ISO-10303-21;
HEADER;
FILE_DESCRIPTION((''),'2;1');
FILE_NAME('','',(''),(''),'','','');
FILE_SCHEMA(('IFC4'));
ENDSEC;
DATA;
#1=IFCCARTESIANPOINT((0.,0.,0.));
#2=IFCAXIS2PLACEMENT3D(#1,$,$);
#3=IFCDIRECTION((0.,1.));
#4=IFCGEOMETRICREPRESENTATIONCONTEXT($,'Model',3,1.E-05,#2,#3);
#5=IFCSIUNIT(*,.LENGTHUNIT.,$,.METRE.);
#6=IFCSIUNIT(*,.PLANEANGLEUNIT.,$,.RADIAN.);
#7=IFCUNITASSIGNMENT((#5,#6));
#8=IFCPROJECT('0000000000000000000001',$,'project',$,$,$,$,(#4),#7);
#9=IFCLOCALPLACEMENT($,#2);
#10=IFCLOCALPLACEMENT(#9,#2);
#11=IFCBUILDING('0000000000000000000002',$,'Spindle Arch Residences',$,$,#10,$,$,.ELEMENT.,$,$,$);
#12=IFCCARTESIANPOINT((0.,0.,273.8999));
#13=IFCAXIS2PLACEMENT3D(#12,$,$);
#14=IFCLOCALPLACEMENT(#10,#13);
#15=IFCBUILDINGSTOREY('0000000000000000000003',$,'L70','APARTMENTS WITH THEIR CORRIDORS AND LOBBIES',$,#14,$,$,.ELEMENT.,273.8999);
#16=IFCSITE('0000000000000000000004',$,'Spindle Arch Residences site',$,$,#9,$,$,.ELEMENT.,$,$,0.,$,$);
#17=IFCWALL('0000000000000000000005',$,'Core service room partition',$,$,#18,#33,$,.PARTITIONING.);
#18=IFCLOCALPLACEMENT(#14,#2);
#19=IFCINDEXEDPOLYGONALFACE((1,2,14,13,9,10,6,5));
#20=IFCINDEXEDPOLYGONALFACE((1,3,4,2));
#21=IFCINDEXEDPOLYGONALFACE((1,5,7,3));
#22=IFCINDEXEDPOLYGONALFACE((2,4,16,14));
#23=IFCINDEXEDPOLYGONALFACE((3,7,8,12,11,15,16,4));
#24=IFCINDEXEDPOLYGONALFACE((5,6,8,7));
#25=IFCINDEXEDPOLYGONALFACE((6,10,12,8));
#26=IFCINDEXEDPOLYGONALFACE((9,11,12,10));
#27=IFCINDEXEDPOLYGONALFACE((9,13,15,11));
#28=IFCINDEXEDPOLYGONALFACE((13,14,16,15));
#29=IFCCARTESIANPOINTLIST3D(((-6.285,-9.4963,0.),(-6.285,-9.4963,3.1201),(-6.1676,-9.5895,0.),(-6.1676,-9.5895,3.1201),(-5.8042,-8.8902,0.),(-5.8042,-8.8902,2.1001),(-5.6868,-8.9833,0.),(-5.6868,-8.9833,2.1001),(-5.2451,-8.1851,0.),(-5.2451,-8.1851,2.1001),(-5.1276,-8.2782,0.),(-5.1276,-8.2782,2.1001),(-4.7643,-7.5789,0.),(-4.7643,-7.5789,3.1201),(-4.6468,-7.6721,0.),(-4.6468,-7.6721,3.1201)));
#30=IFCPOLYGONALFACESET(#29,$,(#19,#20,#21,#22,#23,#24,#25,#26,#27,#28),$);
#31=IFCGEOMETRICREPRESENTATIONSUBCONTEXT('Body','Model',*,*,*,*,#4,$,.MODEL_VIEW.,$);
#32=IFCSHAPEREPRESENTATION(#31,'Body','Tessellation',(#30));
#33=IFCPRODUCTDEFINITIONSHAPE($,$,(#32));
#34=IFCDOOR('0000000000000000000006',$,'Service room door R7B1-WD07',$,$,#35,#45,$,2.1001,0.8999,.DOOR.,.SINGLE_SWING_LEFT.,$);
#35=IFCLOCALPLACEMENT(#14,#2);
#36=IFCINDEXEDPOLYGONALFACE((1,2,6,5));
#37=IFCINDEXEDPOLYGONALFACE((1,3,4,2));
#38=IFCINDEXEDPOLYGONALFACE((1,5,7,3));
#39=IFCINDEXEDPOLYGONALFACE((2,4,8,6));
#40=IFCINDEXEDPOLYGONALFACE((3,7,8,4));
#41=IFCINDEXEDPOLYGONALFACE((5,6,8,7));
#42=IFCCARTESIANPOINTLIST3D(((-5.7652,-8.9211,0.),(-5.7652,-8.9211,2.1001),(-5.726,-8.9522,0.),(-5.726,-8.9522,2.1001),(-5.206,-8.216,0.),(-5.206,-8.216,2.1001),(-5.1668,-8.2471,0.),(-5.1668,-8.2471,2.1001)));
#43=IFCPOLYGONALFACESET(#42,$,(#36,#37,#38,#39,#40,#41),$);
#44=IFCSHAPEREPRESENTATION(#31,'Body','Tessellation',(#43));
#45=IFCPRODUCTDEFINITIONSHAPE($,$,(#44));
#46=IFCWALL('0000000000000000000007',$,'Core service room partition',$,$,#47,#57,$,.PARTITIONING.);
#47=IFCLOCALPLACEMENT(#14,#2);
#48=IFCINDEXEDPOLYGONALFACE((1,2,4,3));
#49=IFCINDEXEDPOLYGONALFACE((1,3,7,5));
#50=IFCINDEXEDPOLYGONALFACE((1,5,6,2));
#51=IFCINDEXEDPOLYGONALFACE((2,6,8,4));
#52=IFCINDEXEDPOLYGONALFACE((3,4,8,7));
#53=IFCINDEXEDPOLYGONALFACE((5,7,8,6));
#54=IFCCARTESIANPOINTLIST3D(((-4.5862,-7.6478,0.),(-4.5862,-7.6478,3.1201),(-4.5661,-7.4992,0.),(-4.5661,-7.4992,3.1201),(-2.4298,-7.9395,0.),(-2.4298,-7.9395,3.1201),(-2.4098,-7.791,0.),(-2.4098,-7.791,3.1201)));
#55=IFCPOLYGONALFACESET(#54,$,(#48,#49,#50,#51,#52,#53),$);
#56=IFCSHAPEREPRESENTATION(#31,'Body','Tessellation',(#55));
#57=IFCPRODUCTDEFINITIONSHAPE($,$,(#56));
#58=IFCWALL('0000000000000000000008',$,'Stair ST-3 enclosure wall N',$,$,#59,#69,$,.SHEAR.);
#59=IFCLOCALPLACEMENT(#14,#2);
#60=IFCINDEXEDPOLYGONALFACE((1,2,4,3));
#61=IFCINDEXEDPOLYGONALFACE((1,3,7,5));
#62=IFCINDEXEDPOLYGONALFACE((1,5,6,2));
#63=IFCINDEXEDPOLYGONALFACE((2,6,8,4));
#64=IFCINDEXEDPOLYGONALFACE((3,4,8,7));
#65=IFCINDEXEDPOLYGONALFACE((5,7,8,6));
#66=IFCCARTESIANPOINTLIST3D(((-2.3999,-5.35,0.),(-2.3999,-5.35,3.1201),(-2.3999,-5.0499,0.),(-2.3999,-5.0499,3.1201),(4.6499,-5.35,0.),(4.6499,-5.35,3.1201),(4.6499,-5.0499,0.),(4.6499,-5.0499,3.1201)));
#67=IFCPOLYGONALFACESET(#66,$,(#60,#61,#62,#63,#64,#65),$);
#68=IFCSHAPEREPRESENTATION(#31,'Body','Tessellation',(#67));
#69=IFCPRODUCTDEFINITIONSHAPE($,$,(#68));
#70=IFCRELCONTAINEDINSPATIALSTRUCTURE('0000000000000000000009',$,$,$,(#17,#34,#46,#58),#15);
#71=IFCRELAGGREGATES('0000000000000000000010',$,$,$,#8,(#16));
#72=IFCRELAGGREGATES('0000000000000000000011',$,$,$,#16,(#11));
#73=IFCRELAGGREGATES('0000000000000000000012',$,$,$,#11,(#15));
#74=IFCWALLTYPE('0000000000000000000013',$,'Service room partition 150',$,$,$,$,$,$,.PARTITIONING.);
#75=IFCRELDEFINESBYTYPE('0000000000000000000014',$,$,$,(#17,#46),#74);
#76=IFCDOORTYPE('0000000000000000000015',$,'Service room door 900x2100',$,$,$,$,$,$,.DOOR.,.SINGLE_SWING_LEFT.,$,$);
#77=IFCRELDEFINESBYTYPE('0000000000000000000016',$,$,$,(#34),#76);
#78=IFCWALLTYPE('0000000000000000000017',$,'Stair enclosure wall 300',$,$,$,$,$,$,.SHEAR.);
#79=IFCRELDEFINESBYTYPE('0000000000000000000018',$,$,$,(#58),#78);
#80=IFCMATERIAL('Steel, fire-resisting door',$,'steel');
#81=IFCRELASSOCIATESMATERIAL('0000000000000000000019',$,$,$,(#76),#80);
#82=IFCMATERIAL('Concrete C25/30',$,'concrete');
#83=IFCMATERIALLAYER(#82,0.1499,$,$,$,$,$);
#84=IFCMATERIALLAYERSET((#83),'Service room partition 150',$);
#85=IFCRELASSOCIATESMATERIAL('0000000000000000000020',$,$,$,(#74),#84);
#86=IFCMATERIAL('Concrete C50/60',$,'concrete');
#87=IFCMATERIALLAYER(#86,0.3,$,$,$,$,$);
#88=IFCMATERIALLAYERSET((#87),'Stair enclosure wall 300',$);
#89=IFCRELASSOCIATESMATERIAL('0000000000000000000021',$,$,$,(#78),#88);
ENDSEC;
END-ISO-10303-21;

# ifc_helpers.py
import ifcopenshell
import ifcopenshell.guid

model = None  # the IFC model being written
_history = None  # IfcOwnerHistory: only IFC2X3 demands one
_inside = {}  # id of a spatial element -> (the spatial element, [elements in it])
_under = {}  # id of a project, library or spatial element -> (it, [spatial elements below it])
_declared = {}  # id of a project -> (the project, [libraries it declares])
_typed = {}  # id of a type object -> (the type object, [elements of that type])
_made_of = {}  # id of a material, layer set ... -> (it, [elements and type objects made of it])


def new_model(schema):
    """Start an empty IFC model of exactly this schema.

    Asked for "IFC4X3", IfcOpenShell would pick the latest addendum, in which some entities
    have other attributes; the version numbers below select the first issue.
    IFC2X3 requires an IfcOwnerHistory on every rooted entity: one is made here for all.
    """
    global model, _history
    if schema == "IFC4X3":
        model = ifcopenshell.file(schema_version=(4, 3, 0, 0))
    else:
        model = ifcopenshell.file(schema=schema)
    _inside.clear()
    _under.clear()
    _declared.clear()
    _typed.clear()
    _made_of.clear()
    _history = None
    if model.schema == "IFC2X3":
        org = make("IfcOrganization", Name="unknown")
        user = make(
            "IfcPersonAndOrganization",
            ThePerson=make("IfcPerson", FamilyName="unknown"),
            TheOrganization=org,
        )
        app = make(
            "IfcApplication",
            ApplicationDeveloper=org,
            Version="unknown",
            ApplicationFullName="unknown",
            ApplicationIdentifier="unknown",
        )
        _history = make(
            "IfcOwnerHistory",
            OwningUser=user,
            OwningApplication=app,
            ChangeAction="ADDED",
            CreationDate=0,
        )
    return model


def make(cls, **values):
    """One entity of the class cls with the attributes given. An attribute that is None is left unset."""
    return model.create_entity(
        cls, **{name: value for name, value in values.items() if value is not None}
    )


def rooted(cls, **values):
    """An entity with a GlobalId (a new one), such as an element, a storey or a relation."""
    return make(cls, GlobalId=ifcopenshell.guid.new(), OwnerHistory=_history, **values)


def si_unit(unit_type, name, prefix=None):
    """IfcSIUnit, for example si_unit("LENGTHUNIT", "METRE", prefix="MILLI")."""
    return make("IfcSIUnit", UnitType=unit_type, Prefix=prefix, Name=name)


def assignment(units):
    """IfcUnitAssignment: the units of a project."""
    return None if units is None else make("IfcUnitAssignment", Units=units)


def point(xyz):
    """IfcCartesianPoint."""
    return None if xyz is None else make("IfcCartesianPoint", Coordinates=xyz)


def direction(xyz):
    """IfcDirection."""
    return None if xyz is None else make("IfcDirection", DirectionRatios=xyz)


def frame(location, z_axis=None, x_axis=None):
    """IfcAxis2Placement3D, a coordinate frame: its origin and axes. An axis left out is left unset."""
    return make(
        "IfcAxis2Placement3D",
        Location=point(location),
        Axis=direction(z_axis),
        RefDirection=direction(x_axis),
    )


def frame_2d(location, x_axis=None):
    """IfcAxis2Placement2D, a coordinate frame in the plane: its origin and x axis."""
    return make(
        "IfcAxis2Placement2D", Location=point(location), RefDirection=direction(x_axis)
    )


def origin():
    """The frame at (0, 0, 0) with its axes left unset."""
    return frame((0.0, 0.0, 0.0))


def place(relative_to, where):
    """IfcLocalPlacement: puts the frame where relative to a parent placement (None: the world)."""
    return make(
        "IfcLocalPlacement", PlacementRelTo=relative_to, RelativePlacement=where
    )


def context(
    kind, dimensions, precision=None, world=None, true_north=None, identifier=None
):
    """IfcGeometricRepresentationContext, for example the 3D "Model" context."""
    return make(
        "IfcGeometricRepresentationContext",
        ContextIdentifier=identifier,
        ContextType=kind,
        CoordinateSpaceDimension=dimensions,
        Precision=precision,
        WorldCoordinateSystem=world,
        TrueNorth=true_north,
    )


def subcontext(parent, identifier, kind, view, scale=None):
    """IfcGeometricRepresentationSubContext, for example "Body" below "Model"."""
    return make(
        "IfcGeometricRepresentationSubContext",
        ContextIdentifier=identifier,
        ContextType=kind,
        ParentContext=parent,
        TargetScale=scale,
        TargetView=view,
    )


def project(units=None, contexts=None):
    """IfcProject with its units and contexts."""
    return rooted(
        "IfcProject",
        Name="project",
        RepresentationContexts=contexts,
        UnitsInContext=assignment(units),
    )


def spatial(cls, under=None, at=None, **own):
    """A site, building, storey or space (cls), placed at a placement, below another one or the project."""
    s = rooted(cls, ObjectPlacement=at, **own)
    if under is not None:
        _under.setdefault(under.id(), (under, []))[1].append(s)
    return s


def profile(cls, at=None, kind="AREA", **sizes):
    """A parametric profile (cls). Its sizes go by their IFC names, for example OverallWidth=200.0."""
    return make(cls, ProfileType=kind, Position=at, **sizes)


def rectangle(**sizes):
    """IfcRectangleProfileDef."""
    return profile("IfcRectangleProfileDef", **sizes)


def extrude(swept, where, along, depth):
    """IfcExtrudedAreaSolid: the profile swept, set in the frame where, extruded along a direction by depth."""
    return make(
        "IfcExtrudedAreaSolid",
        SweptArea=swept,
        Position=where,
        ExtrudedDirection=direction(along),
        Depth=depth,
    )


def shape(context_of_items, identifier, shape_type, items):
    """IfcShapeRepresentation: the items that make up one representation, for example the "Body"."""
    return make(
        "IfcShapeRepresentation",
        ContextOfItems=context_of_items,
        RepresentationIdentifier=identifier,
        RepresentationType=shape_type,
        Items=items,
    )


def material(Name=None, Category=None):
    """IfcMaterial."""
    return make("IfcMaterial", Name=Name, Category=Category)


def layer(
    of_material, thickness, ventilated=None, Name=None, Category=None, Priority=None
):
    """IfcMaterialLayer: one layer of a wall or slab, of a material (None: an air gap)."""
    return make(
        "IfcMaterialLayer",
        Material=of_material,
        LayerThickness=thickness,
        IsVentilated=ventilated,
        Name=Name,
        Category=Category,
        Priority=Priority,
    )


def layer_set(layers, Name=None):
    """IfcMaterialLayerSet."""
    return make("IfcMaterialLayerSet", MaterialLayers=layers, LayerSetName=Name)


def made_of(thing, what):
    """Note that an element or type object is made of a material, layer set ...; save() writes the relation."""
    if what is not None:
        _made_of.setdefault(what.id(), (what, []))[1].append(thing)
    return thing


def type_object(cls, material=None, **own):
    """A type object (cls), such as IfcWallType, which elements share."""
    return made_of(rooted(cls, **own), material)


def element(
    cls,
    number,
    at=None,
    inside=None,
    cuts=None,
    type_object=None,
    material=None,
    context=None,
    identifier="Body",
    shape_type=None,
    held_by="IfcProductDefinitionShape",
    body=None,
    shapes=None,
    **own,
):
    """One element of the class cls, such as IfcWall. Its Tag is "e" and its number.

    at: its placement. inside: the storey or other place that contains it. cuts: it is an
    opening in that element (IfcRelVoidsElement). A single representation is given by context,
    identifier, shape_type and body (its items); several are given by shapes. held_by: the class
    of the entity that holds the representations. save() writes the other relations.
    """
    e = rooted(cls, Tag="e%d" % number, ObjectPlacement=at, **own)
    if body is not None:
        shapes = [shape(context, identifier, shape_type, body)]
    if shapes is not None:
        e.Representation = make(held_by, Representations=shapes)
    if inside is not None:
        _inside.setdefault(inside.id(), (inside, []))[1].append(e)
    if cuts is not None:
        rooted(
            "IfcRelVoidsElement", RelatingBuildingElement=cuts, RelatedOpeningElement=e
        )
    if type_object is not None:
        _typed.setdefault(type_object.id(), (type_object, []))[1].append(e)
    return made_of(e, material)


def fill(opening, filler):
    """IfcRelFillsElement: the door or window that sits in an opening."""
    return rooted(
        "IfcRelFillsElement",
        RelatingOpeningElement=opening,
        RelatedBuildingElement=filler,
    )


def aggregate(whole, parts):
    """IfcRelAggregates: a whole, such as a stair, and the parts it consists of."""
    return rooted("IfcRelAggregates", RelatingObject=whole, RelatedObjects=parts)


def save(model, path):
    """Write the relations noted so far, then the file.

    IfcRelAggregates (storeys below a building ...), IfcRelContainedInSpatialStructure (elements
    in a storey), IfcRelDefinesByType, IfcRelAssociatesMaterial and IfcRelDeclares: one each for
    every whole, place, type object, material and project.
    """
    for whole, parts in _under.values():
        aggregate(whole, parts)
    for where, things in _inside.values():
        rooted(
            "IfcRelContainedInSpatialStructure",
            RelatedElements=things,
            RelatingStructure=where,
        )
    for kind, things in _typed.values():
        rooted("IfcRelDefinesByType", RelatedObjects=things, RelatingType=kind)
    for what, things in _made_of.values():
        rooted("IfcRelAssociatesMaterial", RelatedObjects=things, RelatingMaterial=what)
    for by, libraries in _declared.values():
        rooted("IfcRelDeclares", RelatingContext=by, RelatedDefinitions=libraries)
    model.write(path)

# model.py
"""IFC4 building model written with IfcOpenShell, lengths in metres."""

from ifc_helpers import new_model, si_unit, direction, frame, frame_2d, origin, place, context, subcontext, project, spatial, rectangle, extrude, material, layer, layer_set, type_object, element, fill, save


model = new_model("IFC4")

# Units and contexts
model_context = context("Model", 3, precision=1e-05, world=origin(), true_north=direction((0.0, 1.0)))
body_context = subcontext(model_context, "Body", "Model", "MODEL_VIEW")
ifc_project = project(units=[si_unit("LENGTHUNIT", "METRE"), si_unit("PLANEANGLEUNIT", "RADIAN")], contexts=[model_context])

# Site, building, storey
site_placement = place(None, origin())
site = spatial("IfcSite", under=ifc_project, at=site_placement, Name="Spindle Arch Residences site", CompositionType="ELEMENT", RefElevation=0.0)
building_placement = place(site_placement, origin())
building = spatial("IfcBuilding", under=site, at=building_placement, Name="Spindle Arch Residences", CompositionType="ELEMENT")
storey_placement = place(building_placement, frame((0.0, 0.0, 273.8999)))
storey = spatial("IfcBuildingStorey", under=building, at=storey_placement, Name="L70", Description="APARTMENTS WITH THEIR CORRIDORS AND LOBBIES", CompositionType="ELEMENT", Elevation=273.8999)

# Shared definitions
ifc_material_1 = material(Name="Steel, fire-resisting door", Category="steel")
door_type_1 = type_object("IfcDoorType", Name="Service room door 900x2100", OperationType="SINGLE_SWING_LEFT", PredefinedType="DOOR", material=ifc_material_1)

# Wall, opening, door
ifc_material_2 = material(Name="Concrete C25/30", Category="concrete")
ifc_layer_1 = layer(ifc_material_2, 0.1499)
ifc_layer_set_1 = layer_set([ifc_layer_1], Name="Service room partition 150")
wall_type_1 = type_object("IfcWallType", Name="Service room partition 150", PredefinedType="PARTITIONING", material=ifc_layer_set_1)
wall_1_placement = place(storey_placement, frame((-4.7056, -7.6255, 0.0), z_axis=(0.0, 0.0, 1.0), x_axis=(-0.621393, -0.783499, 0.0)))
wall_1 = element("IfcWall", 1, at=wall_1_placement, inside=storey, type_object=wall_type_1, Name="Core service room partition", PredefinedType="PARTITIONING", context=body_context, shape_type="SweptSolid", body=[
    extrude(rectangle(XDim=2.4473, YDim=0.1499, at=frame_2d((1.2236, 0.0))), origin(), (0.0, 0.0, 1.0), 3.1201),
])
opening_1_placement = place(wall_1_placement, frame((0.7737, 0.0, 0.0)))
opening_1 = element("IfcOpeningElement", 2, at=opening_1_placement, cuts=wall_1, PredefinedType="OPENING", context=body_context, shape_type="SweptSolid", body=[
    extrude(rectangle(XDim=0.8999, YDim=2.1001, at=frame_2d((0.45, 1.05))), frame((0.0, 0.085, 0.0), z_axis=(0.0, -1.0, 0.0), x_axis=(1.0, 0.0, 0.0)), (0.0, 0.0, 1.0), 0.1699),
])
door_1_placement = place(opening_1_placement, origin())
door_1 = element("IfcDoor", 3, at=door_1_placement, inside=storey, type_object=door_type_1, Name="Service room door R7B1-WD07", OperationType="SINGLE_SWING_LEFT", OverallHeight=2.1001, OverallWidth=0.8999, PredefinedType="DOOR", context=body_context, shape_type="SweptSolid", body=[
    extrude(rectangle(XDim=0.8999, YDim=2.1001, at=frame_2d((0.45, 1.05))), frame((0.0, 0.0249, 0.0), z_axis=(0.0, -1.0, 0.0), x_axis=(1.0, 0.0, 0.0)), (0.0, 0.0, 1.0), 0.05),
])
fill(opening_1, door_1)

# Walls
wall_2_placement = place(storey_placement, frame((-2.4199, -7.8652, 0.0), z_axis=(0.0, 0.0, 1.0), x_axis=(-0.990972, 0.134067, 0.0)))
element("IfcWall", 4, at=wall_2_placement, inside=storey, type_object=wall_type_1, Name="Core service room partition", PredefinedType="PARTITIONING", context=body_context, shape_type="SweptSolid", body=[
    extrude(rectangle(XDim=2.176, YDim=0.1499, at=frame_2d((1.0879, 0.0))), origin(), (0.0, 0.0, 1.0), 3.1201),
])
ifc_material_3 = material(Name="Concrete C50/60", Category="concrete")
ifc_layer_2 = layer(ifc_material_3, 0.3)
ifc_layer_set_2 = layer_set([ifc_layer_2], Name="Stair enclosure wall 300")
wall_type_2 = type_object("IfcWallType", Name="Stair enclosure wall 300", PredefinedType="SHEAR", material=ifc_layer_set_2)
wall_3_placement = place(storey_placement, frame((-2.3999, -5.2, 0.0), z_axis=(0.0, 0.0, 1.0), x_axis=(1.0, 0.0, 0.0)))
element("IfcWall", 5, at=wall_3_placement, inside=storey, type_object=wall_type_2, Name="Stair ST-3 enclosure wall N", PredefinedType="SHEAR", context=body_context, shape_type="SweptSolid", body=[
    extrude(rectangle(XDim=7.0498, YDim=0.3, at=frame_2d((3.5249, 0.0))), origin(), (0.0, 0.0, 1.0), 3.1201),
])

save(model, "model.ifc")
